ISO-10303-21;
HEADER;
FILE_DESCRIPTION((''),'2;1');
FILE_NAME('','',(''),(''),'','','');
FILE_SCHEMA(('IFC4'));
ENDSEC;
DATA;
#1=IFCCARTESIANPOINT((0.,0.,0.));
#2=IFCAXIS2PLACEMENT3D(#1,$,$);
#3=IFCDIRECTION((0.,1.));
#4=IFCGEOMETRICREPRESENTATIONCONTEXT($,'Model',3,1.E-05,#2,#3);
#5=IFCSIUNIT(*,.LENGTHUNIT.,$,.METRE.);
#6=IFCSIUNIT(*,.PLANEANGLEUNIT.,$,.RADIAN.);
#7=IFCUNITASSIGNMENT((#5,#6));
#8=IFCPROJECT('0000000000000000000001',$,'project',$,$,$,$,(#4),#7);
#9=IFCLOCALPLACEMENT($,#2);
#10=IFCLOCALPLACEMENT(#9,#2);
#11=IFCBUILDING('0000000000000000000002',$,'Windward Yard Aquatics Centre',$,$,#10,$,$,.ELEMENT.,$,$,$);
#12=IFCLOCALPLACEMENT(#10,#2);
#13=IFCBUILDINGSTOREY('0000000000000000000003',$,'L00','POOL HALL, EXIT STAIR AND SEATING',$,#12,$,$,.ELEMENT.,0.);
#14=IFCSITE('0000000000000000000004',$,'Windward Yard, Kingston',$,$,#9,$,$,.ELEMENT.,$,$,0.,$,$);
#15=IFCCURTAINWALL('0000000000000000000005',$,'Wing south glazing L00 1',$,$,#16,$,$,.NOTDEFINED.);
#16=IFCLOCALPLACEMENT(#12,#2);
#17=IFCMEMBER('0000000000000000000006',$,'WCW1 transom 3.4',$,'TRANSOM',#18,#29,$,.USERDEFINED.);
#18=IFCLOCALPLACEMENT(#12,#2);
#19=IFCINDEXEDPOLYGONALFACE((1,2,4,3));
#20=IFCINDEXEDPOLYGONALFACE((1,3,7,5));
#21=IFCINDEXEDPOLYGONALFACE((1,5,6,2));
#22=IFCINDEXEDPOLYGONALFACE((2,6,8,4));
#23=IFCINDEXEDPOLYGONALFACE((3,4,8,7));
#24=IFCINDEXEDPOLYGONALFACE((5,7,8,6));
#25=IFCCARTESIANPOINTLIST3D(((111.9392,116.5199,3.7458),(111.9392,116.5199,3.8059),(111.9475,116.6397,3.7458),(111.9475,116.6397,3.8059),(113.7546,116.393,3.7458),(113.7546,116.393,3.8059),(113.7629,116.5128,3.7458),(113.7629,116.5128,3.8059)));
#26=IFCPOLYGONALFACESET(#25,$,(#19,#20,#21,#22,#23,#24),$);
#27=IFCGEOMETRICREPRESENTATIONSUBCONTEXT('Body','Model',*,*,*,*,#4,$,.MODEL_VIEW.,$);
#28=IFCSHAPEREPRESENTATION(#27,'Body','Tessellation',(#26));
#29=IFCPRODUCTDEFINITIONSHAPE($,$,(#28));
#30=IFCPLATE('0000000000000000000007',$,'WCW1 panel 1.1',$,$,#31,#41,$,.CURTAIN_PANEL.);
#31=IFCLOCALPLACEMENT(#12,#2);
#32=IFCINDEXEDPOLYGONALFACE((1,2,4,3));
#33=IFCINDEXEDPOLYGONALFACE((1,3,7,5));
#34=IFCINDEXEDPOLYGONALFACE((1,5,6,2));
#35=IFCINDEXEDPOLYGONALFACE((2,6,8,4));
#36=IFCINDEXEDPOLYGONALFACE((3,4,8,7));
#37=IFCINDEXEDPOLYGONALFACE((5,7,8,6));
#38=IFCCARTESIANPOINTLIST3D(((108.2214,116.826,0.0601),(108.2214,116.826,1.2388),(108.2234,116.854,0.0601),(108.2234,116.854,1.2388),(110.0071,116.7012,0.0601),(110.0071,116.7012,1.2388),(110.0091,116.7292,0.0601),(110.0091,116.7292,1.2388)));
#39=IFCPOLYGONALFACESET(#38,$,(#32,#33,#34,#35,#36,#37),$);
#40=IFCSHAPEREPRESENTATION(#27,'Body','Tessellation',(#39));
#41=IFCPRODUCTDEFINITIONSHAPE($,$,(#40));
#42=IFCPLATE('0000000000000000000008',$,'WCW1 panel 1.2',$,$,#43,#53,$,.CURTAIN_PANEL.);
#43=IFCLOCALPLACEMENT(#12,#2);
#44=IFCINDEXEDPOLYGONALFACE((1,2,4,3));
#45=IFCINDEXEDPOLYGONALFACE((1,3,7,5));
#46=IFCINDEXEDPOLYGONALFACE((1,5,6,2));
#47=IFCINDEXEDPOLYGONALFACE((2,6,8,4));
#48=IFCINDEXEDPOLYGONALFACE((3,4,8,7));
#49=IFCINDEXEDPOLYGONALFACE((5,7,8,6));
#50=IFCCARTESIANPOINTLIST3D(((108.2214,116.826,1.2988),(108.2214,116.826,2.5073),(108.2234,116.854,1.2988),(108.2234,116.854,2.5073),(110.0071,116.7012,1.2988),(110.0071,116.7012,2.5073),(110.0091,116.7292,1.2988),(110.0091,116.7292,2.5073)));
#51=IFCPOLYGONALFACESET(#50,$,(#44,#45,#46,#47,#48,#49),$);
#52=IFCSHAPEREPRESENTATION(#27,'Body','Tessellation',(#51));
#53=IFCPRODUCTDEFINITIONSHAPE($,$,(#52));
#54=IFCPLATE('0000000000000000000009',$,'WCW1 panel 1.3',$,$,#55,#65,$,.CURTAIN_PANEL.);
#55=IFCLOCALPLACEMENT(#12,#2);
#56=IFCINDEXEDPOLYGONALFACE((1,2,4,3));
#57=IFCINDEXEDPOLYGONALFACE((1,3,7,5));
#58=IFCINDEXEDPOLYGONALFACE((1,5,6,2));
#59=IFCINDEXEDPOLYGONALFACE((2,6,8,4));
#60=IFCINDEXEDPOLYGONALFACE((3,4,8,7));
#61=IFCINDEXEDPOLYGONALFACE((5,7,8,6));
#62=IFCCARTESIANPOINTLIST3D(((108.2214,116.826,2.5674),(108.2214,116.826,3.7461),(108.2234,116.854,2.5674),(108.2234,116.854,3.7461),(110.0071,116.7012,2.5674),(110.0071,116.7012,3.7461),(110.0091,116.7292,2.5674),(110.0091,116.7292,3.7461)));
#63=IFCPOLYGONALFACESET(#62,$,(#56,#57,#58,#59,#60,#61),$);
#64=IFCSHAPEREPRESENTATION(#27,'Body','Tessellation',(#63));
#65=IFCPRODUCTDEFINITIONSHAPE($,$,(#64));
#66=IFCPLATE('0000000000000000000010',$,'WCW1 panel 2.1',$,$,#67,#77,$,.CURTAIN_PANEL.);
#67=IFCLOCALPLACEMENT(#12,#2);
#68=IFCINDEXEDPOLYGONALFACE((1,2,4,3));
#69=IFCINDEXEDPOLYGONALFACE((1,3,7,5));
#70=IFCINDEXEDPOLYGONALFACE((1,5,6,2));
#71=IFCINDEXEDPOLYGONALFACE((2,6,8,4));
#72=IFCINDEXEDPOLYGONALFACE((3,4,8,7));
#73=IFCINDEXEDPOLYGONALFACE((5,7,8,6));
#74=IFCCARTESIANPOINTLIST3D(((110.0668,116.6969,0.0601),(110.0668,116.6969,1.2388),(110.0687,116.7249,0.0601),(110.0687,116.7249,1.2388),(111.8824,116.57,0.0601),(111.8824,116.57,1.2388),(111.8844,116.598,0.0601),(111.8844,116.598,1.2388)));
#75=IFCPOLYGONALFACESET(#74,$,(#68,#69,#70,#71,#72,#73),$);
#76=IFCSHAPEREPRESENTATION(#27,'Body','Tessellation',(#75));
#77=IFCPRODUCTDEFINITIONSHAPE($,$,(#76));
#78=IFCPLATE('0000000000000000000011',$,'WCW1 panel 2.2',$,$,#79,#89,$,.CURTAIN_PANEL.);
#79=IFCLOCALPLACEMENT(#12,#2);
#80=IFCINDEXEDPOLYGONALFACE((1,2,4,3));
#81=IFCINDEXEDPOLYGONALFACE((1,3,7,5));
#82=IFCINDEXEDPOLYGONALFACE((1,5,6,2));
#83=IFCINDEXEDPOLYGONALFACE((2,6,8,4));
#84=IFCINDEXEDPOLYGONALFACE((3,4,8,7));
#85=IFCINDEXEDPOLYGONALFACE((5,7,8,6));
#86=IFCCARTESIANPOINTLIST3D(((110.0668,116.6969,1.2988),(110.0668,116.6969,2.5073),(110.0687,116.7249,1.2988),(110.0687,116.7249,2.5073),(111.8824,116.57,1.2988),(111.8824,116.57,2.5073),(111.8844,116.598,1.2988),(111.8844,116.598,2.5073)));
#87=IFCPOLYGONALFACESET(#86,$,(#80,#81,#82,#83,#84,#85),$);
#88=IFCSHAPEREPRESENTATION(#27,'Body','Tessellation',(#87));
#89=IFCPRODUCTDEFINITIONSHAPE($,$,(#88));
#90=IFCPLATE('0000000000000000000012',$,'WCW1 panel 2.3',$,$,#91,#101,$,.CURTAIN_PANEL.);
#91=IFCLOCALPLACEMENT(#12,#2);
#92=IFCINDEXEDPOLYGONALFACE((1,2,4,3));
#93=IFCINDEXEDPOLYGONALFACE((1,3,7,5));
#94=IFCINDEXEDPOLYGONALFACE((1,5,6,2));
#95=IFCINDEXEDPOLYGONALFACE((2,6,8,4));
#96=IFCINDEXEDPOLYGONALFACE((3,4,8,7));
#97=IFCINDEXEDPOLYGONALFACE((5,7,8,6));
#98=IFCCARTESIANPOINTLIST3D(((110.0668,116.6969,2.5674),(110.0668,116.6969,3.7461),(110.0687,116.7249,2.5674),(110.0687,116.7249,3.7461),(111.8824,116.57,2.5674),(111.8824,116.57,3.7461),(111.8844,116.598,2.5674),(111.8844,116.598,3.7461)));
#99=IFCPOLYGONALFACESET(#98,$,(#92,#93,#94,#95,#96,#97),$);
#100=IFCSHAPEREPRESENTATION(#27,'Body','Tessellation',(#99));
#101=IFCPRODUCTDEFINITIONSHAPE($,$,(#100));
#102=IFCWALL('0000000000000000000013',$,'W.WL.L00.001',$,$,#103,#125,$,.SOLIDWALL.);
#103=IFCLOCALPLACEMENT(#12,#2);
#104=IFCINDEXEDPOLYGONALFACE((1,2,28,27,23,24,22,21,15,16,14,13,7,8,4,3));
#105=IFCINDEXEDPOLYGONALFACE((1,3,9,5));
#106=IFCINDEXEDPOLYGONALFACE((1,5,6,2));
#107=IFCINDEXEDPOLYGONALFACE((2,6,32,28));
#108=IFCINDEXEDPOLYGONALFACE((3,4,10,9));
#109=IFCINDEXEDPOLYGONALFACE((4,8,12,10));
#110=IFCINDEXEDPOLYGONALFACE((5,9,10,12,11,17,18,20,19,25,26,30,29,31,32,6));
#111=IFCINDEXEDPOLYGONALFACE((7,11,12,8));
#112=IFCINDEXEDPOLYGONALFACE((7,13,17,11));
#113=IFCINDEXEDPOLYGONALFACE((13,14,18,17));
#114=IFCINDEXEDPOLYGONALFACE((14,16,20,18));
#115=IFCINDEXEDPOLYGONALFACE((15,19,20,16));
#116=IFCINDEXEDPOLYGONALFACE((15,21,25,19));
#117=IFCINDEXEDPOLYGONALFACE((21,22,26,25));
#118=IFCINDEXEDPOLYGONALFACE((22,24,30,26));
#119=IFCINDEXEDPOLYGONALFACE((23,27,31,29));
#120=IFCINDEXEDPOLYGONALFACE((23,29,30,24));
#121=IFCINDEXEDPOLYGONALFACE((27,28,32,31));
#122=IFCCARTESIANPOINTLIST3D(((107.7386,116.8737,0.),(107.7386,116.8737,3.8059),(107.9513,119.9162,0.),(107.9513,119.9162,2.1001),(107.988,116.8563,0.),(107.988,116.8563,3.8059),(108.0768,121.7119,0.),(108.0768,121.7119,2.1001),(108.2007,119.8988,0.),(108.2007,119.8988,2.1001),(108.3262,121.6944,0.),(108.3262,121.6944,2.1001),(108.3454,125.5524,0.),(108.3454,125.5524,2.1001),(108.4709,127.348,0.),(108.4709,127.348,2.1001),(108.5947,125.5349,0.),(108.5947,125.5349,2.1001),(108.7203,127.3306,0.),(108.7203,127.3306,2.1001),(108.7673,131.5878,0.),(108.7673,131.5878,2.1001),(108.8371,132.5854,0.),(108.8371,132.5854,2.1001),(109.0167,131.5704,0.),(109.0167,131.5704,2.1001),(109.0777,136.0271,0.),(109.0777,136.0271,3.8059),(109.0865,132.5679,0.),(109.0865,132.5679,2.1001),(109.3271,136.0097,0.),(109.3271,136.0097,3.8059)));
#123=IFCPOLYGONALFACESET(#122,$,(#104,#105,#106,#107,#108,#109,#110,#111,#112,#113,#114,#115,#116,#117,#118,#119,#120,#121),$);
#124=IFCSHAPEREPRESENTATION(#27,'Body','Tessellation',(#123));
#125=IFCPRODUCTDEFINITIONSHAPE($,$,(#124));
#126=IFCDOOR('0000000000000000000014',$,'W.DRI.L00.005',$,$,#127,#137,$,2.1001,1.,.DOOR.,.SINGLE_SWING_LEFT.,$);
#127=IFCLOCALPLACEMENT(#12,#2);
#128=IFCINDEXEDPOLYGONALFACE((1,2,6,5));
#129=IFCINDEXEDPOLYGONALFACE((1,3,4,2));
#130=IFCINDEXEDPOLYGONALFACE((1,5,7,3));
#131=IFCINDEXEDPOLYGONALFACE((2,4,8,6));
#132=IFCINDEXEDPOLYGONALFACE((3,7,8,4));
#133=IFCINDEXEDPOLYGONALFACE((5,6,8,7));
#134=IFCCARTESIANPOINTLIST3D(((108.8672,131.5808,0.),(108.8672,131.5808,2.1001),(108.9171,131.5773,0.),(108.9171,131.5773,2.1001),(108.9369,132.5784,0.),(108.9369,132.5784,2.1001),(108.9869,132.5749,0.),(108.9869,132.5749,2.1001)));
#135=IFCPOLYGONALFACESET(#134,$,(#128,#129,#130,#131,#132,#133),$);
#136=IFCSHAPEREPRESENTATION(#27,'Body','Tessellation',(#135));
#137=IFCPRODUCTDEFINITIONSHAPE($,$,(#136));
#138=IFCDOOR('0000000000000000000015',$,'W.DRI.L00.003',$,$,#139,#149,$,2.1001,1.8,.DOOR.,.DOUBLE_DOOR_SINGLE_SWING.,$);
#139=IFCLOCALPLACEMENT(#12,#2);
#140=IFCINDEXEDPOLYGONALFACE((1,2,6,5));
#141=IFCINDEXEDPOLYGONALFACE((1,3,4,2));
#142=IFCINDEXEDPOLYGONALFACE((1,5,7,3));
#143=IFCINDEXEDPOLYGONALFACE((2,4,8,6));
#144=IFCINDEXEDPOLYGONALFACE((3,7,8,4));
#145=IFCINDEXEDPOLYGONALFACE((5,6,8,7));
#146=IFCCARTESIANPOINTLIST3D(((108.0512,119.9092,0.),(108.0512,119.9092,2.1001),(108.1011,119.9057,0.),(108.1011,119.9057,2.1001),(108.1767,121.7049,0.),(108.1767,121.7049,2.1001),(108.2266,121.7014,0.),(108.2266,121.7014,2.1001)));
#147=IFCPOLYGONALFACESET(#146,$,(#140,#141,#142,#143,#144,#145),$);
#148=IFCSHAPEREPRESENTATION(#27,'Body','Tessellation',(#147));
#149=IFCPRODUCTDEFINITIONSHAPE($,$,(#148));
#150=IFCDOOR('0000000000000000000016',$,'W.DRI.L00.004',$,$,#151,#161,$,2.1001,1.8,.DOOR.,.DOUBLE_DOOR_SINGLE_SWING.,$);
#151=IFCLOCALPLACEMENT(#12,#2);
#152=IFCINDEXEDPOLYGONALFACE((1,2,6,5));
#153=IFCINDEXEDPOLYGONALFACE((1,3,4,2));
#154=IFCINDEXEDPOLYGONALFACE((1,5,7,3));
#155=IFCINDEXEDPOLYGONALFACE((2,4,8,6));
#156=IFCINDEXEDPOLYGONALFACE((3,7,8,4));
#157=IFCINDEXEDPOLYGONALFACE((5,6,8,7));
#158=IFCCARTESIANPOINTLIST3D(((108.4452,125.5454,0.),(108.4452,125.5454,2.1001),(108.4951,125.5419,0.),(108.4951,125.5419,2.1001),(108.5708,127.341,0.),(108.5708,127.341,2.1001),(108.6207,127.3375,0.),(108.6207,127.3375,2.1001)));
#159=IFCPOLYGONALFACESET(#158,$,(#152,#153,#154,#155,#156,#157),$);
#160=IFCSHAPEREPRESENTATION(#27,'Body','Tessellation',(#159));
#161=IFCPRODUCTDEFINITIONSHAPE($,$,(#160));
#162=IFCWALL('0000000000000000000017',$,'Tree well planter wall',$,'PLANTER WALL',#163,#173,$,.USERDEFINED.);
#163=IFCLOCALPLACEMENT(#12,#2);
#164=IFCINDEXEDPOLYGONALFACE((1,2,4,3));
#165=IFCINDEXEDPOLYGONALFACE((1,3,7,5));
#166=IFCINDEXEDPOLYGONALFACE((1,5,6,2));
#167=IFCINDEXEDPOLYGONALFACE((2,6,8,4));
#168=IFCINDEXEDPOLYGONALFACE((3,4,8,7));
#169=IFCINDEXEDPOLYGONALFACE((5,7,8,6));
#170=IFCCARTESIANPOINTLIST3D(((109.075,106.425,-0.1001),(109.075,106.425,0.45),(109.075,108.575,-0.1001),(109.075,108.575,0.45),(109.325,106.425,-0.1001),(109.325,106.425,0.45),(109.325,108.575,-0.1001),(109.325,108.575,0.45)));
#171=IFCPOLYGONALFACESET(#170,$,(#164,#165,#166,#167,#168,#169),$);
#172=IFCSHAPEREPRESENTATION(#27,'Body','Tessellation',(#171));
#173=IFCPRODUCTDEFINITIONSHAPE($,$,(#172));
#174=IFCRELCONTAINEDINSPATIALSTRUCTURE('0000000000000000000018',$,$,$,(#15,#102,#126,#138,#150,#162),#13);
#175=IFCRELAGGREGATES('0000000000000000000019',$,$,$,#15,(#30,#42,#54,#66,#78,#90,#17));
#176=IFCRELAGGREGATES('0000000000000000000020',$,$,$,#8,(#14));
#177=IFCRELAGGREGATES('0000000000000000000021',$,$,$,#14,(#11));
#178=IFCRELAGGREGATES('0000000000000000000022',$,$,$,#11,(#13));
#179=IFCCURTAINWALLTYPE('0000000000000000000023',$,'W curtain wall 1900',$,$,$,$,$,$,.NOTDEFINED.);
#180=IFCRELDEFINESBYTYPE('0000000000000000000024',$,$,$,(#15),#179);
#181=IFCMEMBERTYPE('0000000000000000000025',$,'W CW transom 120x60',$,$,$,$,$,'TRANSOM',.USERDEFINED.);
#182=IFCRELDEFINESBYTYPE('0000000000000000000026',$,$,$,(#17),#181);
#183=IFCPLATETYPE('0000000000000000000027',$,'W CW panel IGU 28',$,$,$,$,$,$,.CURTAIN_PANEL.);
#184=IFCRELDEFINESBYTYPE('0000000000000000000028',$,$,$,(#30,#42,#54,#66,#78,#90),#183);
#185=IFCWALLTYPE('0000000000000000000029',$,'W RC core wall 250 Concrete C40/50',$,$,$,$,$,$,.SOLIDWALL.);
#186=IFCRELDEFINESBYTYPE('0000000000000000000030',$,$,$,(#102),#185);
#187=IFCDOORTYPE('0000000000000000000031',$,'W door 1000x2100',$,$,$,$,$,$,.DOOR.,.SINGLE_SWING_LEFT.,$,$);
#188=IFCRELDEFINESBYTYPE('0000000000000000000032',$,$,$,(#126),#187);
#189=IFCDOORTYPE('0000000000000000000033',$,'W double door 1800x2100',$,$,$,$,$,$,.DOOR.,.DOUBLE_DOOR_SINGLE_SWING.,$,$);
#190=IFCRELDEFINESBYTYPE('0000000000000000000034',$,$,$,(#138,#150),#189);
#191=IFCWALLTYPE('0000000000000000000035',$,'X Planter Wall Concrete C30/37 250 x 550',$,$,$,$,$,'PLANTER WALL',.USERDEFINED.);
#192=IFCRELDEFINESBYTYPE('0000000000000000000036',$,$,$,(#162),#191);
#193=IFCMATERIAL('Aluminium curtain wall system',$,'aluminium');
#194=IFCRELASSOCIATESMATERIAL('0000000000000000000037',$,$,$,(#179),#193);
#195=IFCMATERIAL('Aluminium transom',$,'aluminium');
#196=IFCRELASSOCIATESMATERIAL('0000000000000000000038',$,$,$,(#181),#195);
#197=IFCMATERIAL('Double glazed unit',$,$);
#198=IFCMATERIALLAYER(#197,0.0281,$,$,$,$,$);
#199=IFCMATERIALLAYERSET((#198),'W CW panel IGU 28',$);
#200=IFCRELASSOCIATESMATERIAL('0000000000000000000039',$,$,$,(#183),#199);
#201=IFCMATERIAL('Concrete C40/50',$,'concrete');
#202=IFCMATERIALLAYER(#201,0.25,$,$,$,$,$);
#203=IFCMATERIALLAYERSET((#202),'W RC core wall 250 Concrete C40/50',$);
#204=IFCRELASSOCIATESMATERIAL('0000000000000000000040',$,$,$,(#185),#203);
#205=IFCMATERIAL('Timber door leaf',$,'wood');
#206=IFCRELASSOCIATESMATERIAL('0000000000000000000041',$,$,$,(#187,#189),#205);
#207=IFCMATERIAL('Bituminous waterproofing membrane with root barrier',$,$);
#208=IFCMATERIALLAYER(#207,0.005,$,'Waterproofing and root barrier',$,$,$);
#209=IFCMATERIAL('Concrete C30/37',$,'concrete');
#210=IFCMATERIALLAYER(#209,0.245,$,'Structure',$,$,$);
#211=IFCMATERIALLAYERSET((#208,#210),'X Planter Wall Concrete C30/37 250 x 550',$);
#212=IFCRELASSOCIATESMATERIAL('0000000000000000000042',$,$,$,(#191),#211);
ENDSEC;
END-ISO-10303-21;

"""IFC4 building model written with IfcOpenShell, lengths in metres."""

from ifc_helpers import new_model, si_unit, direction, frame, frame_2d, origin, origin_2d, place, context, subcontext, project, spatial, rectangle, extrude, material, layer, layer_set, material_profile, profile_set, type_object, element, fill, aggregate, save


model = new_model("IFC4")

# Units and contexts
model_context = context("Model", 3, precision=1e-05, world=origin(), true_north=direction((0.0, 1.0)))
body_context = subcontext(model_context, "Body", "Model", "MODEL_VIEW")
ifc_project = project(units=[si_unit("LENGTHUNIT", "METRE"), si_unit("PLANEANGLEUNIT", "RADIAN")], contexts=[model_context])

# Site, building, storey
site_placement = place(None, origin())
site = spatial("IfcSite", under=ifc_project, at=site_placement, Name="Windward Yard, Kingston", CompositionType="ELEMENT", RefElevation=0.0)
building_placement = place(site_placement, origin())
building = spatial("IfcBuilding", under=site, at=building_placement, Name="Windward Yard Aquatics Centre", CompositionType="ELEMENT")
storey_placement = place(building_placement, origin())
storey = spatial("IfcBuildingStorey", under=building, at=storey_placement, Name="L00", Description="POOL HALL, EXIT STAIR AND SEATING", CompositionType="ELEMENT", Elevation=0.0)

# Curtain wall, member, plates
ifc_material_1 = material(Name="Aluminium curtain wall system", Category="aluminium")
curtain_wall_type = type_object("IfcCurtainWallType", Name="W curtain wall 1900", PredefinedType="NOTDEFINED", material=ifc_material_1)
curtain_wall_placement = place(storey_placement, origin())
curtain_wall = element("IfcCurtainWall", 1, at=curtain_wall_placement, inside=storey, type_object=curtain_wall_type, Name="Wing south glazing L00 1", PredefinedType="NOTDEFINED")
ifc_material_2 = material(Name="Aluminium transom", Category="aluminium")
ifc_material_profile_1 = material_profile(ifc_material_2, rectangle(XDim=0.1201, YDim=0.0601, at=origin_2d()), Name="AL 120x60")
ifc_profile_set_1 = profile_set([ifc_material_profile_1], Name="Aluminium transom")
member_type_1 = type_object("IfcMemberType", Name="W CW transom 120x60", ElementType="TRANSOM", PredefinedType="USERDEFINED", material=ifc_profile_set_1)
member_1_placement = place(storey_placement, frame((111.9434, 116.5798, 3.7759), z_axis=(0.997564, -0.06976, 0.0), x_axis=(0.06976, 0.997564, 0.0)))
member_1 = element("IfcMember", 2, at=member_1_placement, type_object=member_type_1, Name="WCW1 transom 3.4", ObjectType="TRANSOM", PredefinedType="USERDEFINED", context=body_context, shape_type="SweptSolid", body=[
    extrude(rectangle(XDim=0.1201, YDim=0.0601, at=origin_2d()), origin(), (0.0, 0.0, 1.0), 1.8198),
])
ifc_material_3 = material(Name="Double glazed unit")
ifc_layer_1 = layer(ifc_material_3, 0.0281)
ifc_layer_set_1 = layer_set([ifc_layer_1], Name="W CW panel IGU 28")
plate_type = type_object("IfcPlateType", Name="W CW panel IGU 28", PredefinedType="CURTAIN_PANEL", material=ifc_layer_set_1)
plate_1_placement = place(storey_placement, frame((109.1152, 116.7776, 0.0601), z_axis=(0.0, 0.0, 1.0), x_axis=(0.997564, -0.069755, 0.0)))
plate_1 = element("IfcPlate", 3, at=plate_1_placement, type_object=plate_type, Name="WCW1 panel 1.1", PredefinedType="CURTAIN_PANEL", context=body_context, shape_type="SweptSolid", body=[
    extrude(rectangle(XDim=1.79, YDim=0.0281, at=origin_2d()), origin(), (0.0, 0.0, 1.0), 1.1787),
])
plate_2_placement = place(storey_placement, frame((109.1152, 116.7776, 1.2988), z_axis=(0.0, 0.0, 1.0), x_axis=(0.997564, -0.069755, 0.0)))
plate_2 = element("IfcPlate", 4, at=plate_2_placement, type_object=plate_type, Name="WCW1 panel 1.2", PredefinedType="CURTAIN_PANEL", context=body_context, shape_type="SweptSolid", body=[
    extrude(rectangle(XDim=1.79, YDim=0.0281, at=origin_2d()), origin(), (0.0, 0.0, 1.0), 1.2085),
])
plate_3_placement = place(storey_placement, frame((109.1152, 116.7776, 2.5674), z_axis=(0.0, 0.0, 1.0), x_axis=(0.997564, -0.069755, 0.0)))
plate_3 = element("IfcPlate", 5, at=plate_3_placement, type_object=plate_type, Name="WCW1 panel 1.3", PredefinedType="CURTAIN_PANEL", context=body_context, shape_type="SweptSolid", body=[
    extrude(rectangle(XDim=1.79, YDim=0.0281, at=origin_2d()), origin(), (0.0, 0.0, 1.0), 1.1787),
])
plate_4_placement = place(storey_placement, frame((110.9756, 116.6475, 0.0601), z_axis=(0.0, 0.0, 1.0), x_axis=(0.997564, -0.069755, 0.0)))
plate_4 = element("IfcPlate", 6, at=plate_4_placement, type_object=plate_type, Name="WCW1 panel 2.1", PredefinedType="CURTAIN_PANEL", context=body_context, shape_type="SweptSolid", body=[
    extrude(rectangle(XDim=1.8201, YDim=0.0281, at=origin_2d()), origin(), (0.0, 0.0, 1.0), 1.1787),
])
plate_5_placement = place(storey_placement, frame((110.9756, 116.6475, 1.2988), z_axis=(0.0, 0.0, 1.0), x_axis=(0.997564, -0.069755, 0.0)))
plate_5 = element("IfcPlate", 7, at=plate_5_placement, type_object=plate_type, Name="WCW1 panel 2.2", PredefinedType="CURTAIN_PANEL", context=body_context, shape_type="SweptSolid", body=[
    extrude(rectangle(XDim=1.8201, YDim=0.0281, at=origin_2d()), origin(), (0.0, 0.0, 1.0), 1.2085),
])
plate_6_placement = place(storey_placement, frame((110.9756, 116.6475, 2.5674), z_axis=(0.0, 0.0, 1.0), x_axis=(0.997564, -0.069755, 0.0)))
plate_6 = element("IfcPlate", 8, at=plate_6_placement, type_object=plate_type, Name="WCW1 panel 2.3", PredefinedType="CURTAIN_PANEL", context=body_context, shape_type="SweptSolid", body=[
    extrude(rectangle(XDim=1.8201, YDim=0.0281, at=origin_2d()), origin(), (0.0, 0.0, 1.0), 1.1787),
])
aggregate(curtain_wall, [plate_1, plate_2, plate_3, plate_4, plate_5, plate_6, member_1])

# Wall, openings, doors
ifc_material_4 = material(Name="Concrete C40/50", Category="concrete")
ifc_layer_2 = layer(ifc_material_4, 0.25)
ifc_layer_set_2 = layer_set([ifc_layer_2], Name="W RC core wall 250 Concrete C40/50")
wall_type_1 = type_object("IfcWallType", Name="W RC core wall 250 Concrete C40/50", PredefinedType="SOLIDWALL", material=ifc_layer_set_2)
wall_1_placement = place(storey_placement, frame((107.8633, 116.865, 0.0), z_axis=(0.0, 0.0, 1.0), x_axis=(0.069745, 0.997565, 0.0)))
wall_1 = element("IfcWall", 9, at=wall_1_placement, inside=storey, type_object=wall_type_1, Name="W.WL.L00.001", PredefinedType="SOLIDWALL", context=body_context, shape_type="SweptSolid", body=[
    extrude(rectangle(XDim=19.2002, YDim=0.25, at=frame_2d((9.6001, 0.0))), origin(), (0.0, 0.0, 1.0), 3.8059),
])
opening_1_placement = place(wall_1_placement, frame((3.05, 0.0, 0.0)))
opening_1 = element("IfcOpeningElement", 10, at=opening_1_placement, cuts=wall_1, PredefinedType="OPENING", context=body_context, shape_type="SweptSolid", body=[
    extrude(rectangle(XDim=1.8, YDim=2.1001, at=frame_2d((0.8999, 1.05))), frame((0.0, 0.135, 0.0), z_axis=(0.0, -1.0, 0.0), x_axis=(1.0, 0.0, 0.0)), (0.0, 0.0, 1.0), 0.27),
])
opening_2_placement = place(wall_1_placement, frame((8.7, 0.0, 0.0)))
opening_2 = element("IfcOpeningElement", 11, at=opening_2_placement, cuts=wall_1, PredefinedType="OPENING", context=body_context, shape_type="SweptSolid", body=[
    extrude(rectangle(XDim=1.8, YDim=2.1001, at=frame_2d((0.8999, 1.05))), frame((0.0, 0.135, 0.0), z_axis=(0.0, -1.0, 0.0), x_axis=(1.0, 0.0, 0.0)), (0.0, 0.0, 1.0), 0.27),
])
opening_3_placement = place(wall_1_placement, frame((14.75, 0.0, 0.0)))
opening_3 = element("IfcOpeningElement", 12, at=opening_3_placement, cuts=wall_1, PredefinedType="OPENING", context=body_context, shape_type="SweptSolid", body=[
    extrude(rectangle(XDim=1.0, YDim=2.1001, at=frame_2d((0.5, 1.05))), frame((0.0, 0.135, 0.0), z_axis=(0.0, -1.0, 0.0), x_axis=(1.0, 0.0, 0.0)), (0.0, 0.0, 1.0), 0.27),
])
ifc_material_5 = material(Name="Timber door leaf", Category="wood")
door_type_1 = type_object("IfcDoorType", Name="W door 1000x2100", OperationType="SINGLE_SWING_LEFT", PredefinedType="DOOR", material=ifc_material_5)
door_1_placement = place(opening_3_placement, origin())
door_1 = element("IfcDoor", 13, at=door_1_placement, inside=storey, type_object=door_type_1, Name="W.DRI.L00.005", OperationType="SINGLE_SWING_LEFT", OverallHeight=2.1001, OverallWidth=1.0, PredefinedType="DOOR", context=body_context, shape_type="SweptSolid", body=[
    extrude(rectangle(XDim=1.0, YDim=2.1001, at=frame_2d((0.5, 1.05))), frame((0.0, 0.0249, 0.0), z_axis=(0.0, -1.0, 0.0), x_axis=(1.0, 0.0, 0.0)), (0.0, 0.0, 1.0), 0.05),
])
fill(opening_3, door_1)
door_type_2 = type_object("IfcDoorType", Name="W double door 1800x2100", OperationType="DOUBLE_DOOR_SINGLE_SWING", PredefinedType="DOOR", material=ifc_material_5)
door_2_placement = place(opening_1_placement, origin())
door_2 = element("IfcDoor", 14, at=door_2_placement, inside=storey, type_object=door_type_2, Name="W.DRI.L00.003", OperationType="DOUBLE_DOOR_SINGLE_SWING", OverallHeight=2.1001, OverallWidth=1.8, PredefinedType="DOOR", context=body_context, shape_type="SweptSolid", body=[
    extrude(rectangle(XDim=1.8, YDim=2.1001, at=frame_2d((0.8999, 1.05))), frame((0.0, 0.0249, 0.0), z_axis=(0.0, -1.0, 0.0), x_axis=(1.0, 0.0, 0.0)), (0.0, 0.0, 1.0), 0.05),
])
fill(opening_1, door_2)
door_3_placement = place(opening_2_placement, origin())
door_3 = element("IfcDoor", 15, at=door_3_placement, inside=storey, type_object=door_type_2, Name="W.DRI.L00.004", OperationType="DOUBLE_DOOR_SINGLE_SWING", OverallHeight=2.1001, OverallWidth=1.8, PredefinedType="DOOR", context=body_context, shape_type="SweptSolid", body=[
    extrude(rectangle(XDim=1.8, YDim=2.1001, at=frame_2d((0.8999, 1.05))), frame((0.0, 0.0249, 0.0), z_axis=(0.0, -1.0, 0.0), x_axis=(1.0, 0.0, 0.0)), (0.0, 0.0, 1.0), 0.05),
])
fill(opening_2, door_3)

# Wall
ifc_material_6 = material(Name="Bituminous waterproofing membrane with root barrier")
ifc_layer_3 = layer(ifc_material_6, 0.005, Name="Waterproofing and root barrier")
ifc_material_7 = material(Name="Concrete C30/37", Category="concrete")
ifc_layer_4 = layer(ifc_material_7, 0.245, Name="Structure")
ifc_layer_set_3 = layer_set([ifc_layer_3, ifc_layer_4], Name="X Planter Wall Concrete C30/37 250 x 550")
wall_type_2 = type_object("IfcWallType", Name="X Planter Wall Concrete C30/37 250 x 550", ElementType="PLANTER WALL", PredefinedType="USERDEFINED", material=ifc_layer_set_3)
wall_2_placement = place(storey_placement, frame((109.2, 106.425, -0.1001), z_axis=(0.0, 0.0, 1.0), x_axis=(0.0, 1.0, 0.0)))
element("IfcWall", 16, at=wall_2_placement, inside=storey, type_object=wall_type_2, Name="Tree well planter wall", ObjectType="PLANTER WALL", PredefinedType="USERDEFINED", context=body_context, shape_type="SweptSolid", body=[
    extrude(rectangle(XDim=2.1499, YDim=0.25, at=frame_2d((1.075, 0.0))), origin(), (0.0, 0.0, 1.0), 0.55),
])

save(model, "model.ifc")
